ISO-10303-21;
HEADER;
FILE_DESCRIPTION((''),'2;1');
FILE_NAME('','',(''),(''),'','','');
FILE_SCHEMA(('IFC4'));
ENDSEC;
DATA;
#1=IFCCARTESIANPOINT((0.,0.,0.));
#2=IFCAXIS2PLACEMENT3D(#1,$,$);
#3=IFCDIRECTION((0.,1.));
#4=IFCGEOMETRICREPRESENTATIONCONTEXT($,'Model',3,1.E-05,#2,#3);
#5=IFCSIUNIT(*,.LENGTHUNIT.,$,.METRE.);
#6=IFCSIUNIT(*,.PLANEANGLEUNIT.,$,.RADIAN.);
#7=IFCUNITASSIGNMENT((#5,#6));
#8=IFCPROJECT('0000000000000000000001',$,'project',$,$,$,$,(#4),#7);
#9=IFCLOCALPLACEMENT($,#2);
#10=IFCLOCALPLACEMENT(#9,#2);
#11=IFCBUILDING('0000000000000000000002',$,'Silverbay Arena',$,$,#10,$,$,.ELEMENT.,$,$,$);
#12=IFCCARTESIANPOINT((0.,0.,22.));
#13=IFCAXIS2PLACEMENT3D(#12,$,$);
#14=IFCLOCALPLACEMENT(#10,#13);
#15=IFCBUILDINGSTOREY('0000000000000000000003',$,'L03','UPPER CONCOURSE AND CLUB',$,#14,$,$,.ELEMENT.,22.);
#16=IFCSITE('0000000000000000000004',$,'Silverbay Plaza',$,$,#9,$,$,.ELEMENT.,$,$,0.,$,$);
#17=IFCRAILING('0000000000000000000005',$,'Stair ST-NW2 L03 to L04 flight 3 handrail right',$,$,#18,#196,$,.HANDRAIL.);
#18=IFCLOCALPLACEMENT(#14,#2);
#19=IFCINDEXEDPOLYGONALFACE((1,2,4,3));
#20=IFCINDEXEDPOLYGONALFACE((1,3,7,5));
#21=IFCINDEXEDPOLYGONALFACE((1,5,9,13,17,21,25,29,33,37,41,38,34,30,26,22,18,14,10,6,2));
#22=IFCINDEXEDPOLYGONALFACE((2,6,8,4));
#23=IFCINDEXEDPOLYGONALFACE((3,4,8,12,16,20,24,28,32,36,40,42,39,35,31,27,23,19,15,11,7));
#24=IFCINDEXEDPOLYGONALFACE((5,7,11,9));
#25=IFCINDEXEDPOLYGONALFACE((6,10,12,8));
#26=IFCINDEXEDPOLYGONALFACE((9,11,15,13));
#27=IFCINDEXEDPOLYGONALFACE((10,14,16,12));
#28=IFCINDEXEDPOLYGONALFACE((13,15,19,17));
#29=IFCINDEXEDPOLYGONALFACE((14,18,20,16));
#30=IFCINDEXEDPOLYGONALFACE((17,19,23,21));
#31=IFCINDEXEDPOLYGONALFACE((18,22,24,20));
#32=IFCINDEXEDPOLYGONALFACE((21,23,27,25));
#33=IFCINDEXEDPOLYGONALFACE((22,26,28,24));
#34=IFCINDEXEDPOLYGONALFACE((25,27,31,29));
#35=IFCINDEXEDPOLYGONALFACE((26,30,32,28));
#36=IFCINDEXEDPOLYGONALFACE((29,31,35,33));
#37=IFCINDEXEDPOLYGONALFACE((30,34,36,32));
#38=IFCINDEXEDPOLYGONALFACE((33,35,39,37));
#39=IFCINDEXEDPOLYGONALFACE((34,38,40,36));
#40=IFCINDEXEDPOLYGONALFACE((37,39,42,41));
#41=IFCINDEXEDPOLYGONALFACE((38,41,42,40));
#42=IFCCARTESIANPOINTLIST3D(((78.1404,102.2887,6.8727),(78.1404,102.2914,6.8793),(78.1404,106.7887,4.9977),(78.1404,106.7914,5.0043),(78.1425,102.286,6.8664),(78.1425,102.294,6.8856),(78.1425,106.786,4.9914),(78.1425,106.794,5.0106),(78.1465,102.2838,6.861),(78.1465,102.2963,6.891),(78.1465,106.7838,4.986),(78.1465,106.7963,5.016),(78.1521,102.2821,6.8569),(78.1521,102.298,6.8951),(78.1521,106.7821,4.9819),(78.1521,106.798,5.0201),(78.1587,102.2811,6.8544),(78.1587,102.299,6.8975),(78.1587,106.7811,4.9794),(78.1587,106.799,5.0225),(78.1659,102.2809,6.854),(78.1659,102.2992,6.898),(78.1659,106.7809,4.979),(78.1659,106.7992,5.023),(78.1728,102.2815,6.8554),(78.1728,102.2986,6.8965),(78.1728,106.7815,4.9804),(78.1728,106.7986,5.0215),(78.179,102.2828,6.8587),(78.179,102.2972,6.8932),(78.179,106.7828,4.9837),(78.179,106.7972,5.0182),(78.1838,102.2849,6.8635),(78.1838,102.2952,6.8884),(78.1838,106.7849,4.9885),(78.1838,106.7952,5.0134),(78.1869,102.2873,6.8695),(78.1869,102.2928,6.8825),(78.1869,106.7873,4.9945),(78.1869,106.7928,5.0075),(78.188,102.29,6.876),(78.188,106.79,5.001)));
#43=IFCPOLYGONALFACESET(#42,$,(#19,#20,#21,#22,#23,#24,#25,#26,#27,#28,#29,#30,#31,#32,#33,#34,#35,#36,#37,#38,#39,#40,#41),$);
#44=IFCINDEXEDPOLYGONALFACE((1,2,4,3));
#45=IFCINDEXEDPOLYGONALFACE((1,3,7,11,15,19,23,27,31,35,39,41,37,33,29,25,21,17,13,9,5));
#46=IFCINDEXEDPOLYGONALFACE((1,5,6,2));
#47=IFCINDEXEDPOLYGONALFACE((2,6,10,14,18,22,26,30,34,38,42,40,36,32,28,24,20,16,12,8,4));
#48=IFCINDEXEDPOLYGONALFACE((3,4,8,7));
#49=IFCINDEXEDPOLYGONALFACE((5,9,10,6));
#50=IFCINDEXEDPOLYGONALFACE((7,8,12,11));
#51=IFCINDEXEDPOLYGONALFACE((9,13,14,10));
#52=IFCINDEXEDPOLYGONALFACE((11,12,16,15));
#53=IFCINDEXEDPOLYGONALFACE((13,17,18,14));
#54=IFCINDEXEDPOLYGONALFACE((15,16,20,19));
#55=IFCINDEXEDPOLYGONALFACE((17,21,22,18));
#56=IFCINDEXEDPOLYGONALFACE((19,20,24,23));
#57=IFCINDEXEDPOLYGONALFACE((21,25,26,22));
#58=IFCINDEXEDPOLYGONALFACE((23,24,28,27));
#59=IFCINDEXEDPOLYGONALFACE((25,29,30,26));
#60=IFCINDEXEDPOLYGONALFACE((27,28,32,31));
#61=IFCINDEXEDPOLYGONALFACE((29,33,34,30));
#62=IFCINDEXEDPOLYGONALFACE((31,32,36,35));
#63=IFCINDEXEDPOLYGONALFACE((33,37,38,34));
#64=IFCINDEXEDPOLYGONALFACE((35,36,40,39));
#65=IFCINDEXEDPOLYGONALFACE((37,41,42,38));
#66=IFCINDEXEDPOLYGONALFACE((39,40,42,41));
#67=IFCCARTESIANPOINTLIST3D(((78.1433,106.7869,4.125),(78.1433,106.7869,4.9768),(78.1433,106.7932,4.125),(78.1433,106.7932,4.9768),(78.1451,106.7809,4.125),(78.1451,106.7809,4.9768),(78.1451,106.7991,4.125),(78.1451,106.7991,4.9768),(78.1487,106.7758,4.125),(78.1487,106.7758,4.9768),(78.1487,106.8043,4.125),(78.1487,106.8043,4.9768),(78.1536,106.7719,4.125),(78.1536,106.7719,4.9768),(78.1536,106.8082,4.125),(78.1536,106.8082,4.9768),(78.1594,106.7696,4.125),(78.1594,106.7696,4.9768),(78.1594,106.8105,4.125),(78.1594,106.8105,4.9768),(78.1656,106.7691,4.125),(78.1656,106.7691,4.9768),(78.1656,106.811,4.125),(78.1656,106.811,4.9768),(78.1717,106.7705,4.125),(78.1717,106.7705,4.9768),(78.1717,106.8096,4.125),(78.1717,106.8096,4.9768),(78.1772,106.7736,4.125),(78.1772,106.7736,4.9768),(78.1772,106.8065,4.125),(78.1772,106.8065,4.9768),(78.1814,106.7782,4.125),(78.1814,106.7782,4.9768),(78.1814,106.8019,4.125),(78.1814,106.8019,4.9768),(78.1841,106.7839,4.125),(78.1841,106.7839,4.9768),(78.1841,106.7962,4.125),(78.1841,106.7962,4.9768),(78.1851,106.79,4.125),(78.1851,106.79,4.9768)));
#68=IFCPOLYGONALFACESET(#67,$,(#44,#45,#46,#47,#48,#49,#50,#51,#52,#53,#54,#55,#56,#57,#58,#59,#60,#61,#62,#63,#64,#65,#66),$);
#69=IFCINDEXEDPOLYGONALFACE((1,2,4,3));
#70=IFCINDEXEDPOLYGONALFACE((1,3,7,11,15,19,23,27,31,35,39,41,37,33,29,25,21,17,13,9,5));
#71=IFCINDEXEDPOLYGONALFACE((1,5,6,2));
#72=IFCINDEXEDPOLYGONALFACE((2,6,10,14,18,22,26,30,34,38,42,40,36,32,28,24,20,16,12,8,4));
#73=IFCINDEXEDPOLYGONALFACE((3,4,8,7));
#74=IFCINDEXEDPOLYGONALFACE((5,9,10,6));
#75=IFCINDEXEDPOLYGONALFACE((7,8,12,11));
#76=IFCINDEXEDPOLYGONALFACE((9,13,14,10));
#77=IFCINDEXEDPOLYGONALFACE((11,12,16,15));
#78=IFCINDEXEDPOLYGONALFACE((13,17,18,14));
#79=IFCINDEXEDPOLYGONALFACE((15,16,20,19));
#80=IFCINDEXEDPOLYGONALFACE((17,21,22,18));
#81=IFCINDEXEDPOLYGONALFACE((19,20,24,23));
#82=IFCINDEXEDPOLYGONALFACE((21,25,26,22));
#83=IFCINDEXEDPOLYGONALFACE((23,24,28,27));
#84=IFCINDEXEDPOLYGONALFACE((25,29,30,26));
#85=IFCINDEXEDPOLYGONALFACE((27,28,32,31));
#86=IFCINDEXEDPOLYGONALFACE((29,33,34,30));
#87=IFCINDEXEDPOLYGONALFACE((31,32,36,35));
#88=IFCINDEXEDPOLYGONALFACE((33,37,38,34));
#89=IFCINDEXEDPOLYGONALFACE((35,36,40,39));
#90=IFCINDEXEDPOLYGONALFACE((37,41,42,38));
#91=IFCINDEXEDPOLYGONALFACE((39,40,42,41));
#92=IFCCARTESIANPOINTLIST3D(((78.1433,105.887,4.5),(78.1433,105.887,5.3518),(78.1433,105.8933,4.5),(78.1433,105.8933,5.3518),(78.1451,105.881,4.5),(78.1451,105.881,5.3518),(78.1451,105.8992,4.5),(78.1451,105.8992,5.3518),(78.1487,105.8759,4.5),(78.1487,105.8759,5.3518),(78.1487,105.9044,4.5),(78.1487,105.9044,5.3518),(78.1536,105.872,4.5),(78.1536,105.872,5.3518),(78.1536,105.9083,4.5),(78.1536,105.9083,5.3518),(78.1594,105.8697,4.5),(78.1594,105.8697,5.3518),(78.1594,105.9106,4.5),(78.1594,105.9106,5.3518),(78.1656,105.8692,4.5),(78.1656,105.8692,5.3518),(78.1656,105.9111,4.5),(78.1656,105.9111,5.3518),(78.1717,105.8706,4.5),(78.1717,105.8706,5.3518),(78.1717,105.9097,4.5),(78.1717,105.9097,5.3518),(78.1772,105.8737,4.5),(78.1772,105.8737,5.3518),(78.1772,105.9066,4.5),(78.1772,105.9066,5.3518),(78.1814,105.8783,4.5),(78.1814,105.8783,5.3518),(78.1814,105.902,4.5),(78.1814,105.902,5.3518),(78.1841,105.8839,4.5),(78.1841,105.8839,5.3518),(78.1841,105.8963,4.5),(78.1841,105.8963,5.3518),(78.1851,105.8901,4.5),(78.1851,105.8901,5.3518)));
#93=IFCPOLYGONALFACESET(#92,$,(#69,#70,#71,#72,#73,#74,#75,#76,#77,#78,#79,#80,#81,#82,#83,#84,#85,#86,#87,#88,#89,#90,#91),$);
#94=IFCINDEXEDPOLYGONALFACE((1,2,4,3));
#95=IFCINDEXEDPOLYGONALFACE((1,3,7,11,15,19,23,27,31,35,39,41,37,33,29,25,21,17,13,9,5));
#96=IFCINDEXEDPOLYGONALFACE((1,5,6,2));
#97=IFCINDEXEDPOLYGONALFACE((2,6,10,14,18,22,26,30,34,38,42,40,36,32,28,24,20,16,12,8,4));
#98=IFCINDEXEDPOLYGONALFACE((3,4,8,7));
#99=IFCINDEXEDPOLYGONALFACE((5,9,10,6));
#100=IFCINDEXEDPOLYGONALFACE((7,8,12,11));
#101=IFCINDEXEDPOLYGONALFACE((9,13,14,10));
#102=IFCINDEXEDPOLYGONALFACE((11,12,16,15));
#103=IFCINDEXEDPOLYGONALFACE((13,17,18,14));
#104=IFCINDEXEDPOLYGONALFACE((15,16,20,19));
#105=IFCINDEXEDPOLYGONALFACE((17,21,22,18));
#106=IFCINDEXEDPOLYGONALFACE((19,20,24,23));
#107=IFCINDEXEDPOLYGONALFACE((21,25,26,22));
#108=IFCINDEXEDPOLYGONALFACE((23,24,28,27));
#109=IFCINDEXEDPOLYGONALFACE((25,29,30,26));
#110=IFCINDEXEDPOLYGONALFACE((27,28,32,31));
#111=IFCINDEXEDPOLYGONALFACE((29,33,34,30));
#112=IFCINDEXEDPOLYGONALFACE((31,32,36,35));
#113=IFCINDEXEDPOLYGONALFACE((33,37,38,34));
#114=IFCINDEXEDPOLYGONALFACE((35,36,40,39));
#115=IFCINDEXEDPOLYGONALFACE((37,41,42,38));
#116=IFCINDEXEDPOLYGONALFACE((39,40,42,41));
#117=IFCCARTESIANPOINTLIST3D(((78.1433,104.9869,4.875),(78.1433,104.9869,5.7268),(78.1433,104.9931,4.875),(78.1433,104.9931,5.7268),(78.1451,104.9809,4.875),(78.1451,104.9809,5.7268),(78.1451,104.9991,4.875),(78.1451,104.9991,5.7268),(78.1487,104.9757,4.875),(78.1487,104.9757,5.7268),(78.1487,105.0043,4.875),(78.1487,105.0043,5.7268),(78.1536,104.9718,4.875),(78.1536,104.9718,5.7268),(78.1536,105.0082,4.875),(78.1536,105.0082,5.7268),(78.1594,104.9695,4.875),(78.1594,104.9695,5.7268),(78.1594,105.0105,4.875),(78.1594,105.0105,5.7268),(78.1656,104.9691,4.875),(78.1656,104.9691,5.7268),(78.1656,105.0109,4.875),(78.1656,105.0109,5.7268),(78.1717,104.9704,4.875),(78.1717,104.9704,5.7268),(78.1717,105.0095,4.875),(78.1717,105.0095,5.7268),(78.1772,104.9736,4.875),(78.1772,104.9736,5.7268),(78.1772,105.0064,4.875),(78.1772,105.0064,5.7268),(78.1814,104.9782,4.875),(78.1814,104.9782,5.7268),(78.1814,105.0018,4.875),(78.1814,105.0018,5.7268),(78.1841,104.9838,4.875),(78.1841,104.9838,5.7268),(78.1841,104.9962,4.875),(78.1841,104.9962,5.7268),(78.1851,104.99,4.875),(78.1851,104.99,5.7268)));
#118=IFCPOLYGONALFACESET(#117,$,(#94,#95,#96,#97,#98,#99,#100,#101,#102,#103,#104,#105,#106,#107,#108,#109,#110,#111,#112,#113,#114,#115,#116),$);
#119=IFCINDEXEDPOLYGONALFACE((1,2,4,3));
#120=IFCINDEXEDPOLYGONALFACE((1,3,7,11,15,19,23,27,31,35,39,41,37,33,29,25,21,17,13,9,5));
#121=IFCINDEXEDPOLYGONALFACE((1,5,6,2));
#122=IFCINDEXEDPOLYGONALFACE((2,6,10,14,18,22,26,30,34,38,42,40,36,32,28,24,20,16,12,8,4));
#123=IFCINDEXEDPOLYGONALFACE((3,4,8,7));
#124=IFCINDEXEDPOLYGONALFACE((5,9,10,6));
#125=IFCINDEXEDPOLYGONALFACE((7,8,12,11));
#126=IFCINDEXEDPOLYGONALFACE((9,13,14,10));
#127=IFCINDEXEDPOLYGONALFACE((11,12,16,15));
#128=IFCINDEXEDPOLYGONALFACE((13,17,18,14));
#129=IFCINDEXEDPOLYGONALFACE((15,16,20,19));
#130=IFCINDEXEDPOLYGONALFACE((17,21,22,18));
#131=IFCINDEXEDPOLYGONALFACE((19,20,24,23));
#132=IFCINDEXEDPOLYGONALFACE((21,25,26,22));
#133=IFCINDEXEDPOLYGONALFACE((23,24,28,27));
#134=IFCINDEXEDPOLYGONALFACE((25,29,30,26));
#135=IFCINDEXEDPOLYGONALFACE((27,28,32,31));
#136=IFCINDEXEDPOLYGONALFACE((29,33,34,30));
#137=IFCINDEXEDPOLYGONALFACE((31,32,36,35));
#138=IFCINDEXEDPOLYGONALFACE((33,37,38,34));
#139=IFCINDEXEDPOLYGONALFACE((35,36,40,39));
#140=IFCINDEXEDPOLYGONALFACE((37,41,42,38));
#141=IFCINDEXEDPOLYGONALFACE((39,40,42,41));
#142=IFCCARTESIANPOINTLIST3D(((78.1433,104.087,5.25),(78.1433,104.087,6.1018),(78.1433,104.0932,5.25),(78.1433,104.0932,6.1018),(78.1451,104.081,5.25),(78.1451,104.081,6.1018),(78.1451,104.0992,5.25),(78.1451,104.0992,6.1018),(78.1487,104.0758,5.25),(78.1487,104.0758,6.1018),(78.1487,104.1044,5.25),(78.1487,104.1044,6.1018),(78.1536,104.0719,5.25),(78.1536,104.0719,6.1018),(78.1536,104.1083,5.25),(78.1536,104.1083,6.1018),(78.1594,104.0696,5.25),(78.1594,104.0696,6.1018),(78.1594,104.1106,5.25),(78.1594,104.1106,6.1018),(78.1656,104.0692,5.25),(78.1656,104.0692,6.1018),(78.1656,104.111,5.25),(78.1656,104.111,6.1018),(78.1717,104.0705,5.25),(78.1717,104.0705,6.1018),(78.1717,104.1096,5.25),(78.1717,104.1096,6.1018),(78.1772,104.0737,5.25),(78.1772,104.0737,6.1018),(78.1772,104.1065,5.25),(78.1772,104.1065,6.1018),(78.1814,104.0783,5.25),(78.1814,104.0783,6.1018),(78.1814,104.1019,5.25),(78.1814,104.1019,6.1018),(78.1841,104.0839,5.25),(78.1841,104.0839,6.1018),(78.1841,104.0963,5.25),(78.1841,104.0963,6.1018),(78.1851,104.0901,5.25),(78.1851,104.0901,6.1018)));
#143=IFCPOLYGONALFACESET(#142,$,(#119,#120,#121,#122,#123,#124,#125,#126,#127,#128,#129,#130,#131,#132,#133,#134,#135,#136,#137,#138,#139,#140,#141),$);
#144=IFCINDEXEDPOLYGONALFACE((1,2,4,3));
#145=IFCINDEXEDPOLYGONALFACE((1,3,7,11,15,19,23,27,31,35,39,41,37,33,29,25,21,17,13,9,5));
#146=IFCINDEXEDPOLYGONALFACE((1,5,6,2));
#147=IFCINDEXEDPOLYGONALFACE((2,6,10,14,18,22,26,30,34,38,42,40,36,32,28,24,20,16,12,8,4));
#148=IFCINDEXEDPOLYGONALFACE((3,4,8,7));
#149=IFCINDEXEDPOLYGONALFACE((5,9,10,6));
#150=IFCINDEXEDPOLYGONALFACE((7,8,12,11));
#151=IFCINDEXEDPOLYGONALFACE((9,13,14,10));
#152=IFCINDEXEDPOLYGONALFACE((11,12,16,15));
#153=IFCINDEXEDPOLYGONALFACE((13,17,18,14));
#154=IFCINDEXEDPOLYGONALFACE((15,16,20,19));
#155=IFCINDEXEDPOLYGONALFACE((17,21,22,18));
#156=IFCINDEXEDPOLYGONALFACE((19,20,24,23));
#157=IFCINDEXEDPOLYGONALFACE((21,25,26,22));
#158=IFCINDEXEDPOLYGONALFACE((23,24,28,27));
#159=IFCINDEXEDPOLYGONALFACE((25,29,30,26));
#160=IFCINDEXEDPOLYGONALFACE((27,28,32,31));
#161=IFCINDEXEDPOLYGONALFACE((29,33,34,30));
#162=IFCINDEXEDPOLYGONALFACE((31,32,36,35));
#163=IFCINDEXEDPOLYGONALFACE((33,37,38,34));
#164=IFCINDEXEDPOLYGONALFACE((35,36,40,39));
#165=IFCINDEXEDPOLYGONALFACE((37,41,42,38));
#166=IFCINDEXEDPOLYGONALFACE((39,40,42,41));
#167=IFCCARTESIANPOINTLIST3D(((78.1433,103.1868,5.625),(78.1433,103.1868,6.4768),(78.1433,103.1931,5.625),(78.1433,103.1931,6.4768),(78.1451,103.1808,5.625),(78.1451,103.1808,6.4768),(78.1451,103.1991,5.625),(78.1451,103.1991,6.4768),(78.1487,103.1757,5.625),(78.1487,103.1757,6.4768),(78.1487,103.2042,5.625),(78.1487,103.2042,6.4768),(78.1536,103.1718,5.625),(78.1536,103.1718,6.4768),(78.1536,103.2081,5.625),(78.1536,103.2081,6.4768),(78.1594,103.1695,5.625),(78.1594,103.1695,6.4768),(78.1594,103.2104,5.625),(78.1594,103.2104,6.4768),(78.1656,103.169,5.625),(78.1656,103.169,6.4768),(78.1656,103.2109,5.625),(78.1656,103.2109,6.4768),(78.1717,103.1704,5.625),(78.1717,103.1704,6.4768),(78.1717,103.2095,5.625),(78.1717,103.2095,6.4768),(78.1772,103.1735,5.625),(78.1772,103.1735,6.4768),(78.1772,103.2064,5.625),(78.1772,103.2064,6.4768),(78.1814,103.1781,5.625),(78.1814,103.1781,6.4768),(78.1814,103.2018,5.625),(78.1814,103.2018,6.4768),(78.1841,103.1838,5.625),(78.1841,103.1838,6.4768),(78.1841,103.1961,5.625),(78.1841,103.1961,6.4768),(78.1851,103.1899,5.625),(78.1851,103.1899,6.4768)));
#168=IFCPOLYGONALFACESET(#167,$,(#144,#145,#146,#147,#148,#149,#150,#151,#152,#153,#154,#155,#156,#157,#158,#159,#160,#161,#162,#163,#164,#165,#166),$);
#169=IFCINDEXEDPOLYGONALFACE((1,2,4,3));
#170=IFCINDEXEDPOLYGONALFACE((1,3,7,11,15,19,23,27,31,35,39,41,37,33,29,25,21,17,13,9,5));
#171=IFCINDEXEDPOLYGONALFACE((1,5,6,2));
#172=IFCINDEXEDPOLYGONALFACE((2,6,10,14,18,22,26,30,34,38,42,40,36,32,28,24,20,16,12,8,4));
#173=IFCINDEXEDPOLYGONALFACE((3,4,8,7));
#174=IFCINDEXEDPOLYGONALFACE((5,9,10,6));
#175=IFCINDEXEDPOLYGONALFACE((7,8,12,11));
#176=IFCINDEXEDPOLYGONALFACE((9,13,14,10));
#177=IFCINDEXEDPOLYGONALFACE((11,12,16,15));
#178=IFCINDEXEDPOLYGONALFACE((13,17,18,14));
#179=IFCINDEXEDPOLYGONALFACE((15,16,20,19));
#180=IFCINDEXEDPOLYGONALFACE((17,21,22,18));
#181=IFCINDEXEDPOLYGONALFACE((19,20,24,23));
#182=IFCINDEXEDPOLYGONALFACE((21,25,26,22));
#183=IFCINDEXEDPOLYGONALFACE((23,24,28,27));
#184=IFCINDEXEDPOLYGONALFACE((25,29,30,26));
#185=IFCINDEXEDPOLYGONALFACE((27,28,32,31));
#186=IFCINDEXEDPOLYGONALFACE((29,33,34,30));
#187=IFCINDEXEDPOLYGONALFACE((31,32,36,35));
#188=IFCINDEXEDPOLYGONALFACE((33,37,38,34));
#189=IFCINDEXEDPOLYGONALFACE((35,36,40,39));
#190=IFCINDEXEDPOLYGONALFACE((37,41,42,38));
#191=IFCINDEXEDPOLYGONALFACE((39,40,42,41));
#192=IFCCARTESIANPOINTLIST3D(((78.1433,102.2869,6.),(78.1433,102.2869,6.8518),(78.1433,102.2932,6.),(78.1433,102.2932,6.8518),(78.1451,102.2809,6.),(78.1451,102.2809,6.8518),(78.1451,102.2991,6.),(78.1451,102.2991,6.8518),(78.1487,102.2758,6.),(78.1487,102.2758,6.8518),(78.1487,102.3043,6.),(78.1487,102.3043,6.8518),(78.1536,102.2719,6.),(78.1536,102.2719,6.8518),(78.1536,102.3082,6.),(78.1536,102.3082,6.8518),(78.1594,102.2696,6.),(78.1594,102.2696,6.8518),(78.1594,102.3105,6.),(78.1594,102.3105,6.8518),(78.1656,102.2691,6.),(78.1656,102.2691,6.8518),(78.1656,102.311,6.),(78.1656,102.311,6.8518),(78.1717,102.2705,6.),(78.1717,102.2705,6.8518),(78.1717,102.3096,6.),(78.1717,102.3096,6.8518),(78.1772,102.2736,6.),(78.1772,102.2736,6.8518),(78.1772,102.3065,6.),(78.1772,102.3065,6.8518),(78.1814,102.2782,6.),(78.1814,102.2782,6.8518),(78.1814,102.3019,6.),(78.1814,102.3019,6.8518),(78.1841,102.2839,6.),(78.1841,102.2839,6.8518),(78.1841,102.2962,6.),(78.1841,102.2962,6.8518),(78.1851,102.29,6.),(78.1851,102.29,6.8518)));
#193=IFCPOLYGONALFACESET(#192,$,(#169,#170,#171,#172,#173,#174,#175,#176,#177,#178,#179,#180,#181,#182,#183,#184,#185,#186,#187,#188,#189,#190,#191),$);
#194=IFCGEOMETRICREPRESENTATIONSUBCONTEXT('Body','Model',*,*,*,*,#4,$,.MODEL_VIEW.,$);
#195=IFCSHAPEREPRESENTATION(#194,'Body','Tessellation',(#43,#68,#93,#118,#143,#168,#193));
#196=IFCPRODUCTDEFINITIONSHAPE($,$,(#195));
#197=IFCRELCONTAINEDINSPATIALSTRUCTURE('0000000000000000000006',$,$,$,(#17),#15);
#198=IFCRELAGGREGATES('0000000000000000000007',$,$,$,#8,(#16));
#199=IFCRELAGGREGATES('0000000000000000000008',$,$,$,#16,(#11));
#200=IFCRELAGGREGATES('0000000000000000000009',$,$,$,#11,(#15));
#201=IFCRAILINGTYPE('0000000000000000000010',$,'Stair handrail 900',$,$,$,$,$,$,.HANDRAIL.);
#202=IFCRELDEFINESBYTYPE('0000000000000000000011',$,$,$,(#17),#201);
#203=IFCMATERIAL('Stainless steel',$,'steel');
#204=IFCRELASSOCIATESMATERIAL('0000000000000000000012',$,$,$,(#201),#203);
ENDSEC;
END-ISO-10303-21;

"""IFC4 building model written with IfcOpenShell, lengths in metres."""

from ifc_helpers import new_model, si_unit, direction, frame, origin, origin_2d, place, context, subcontext, project, spatial, circle, extrude, material, type_object, element, save


model = new_model("IFC4")

# Units and contexts
model_context = context("Model", 3, precision=1e-05, world=origin(), true_north=direction((0.0, 1.0)))
body_context = subcontext(model_context, "Body", "Model", "MODEL_VIEW")
ifc_project = project(units=[si_unit("LENGTHUNIT", "METRE"), si_unit("PLANEANGLEUNIT", "RADIAN")], contexts=[model_context])

# Site, building, storey
site_placement = place(None, origin())
site = spatial("IfcSite", under=ifc_project, at=site_placement, Name="Silverbay Plaza", CompositionType="ELEMENT", RefElevation=0.0)
building_placement = place(site_placement, origin())
building = spatial("IfcBuilding", under=site, at=building_placement, Name="Silverbay Arena", CompositionType="ELEMENT")
storey_placement = place(building_placement, frame((0.0, 0.0, 22.0)))
storey = spatial("IfcBuildingStorey", under=building, at=storey_placement, Name="L03", Description="UPPER CONCOURSE AND CLUB", CompositionType="ELEMENT", Elevation=22.0)

# Railing
ifc_material_1 = material(Name="Stainless steel", Category="steel")
railing_type_1 = type_object("IfcRailingType", Name="Stair handrail 900", PredefinedType="HANDRAIL", material=ifc_material_1)
for number, where, name in (
    (1, (78.1641, 106.79, 4.125), "Stair ST-NW2 L03 to L04 flight 3 handrail right"),
):
    element("IfcRailing", number, at=place(storey_placement, frame(where)), inside=storey, type_object=railing_type_1, Name=name, PredefinedType="HANDRAIL", context=body_context, shape_type="SweptSolid", body=[
        extrude(circle(Radius=0.0239, at=origin_2d()), frame((0.0, 0.0, 0.876), z_axis=(0.0, -0.923077, 0.384615), x_axis=(1.0, 0.0, 0.0)), (0.0, 0.0, 1.0), 4.875),
        extrude(circle(Radius=0.021, at=origin_2d()), origin(), (0.0, 0.0, 1.0), 0.8518),
        extrude(circle(Radius=0.021, at=origin_2d()), frame((0.0, -0.8999, 0.375)), (0.0, 0.0, 1.0), 0.8518),
        extrude(circle(Radius=0.021, at=origin_2d()), frame((0.0, -1.8, 0.75)), (0.0, 0.0, 1.0), 0.8518),
        extrude(circle(Radius=0.021, at=origin_2d()), frame((0.0, -2.7, 1.125)), (0.0, 0.0, 1.0), 0.8518),
        extrude(circle(Radius=0.021, at=origin_2d()), frame((0.0, -3.6001, 1.5)), (0.0, 0.0, 1.0), 0.8518),
        extrude(circle(Radius=0.021, at=origin_2d()), frame((0.0, -4.5, 1.875)), (0.0, 0.0, 1.0), 0.8518),
    ])

save(model, "model.ifc")
